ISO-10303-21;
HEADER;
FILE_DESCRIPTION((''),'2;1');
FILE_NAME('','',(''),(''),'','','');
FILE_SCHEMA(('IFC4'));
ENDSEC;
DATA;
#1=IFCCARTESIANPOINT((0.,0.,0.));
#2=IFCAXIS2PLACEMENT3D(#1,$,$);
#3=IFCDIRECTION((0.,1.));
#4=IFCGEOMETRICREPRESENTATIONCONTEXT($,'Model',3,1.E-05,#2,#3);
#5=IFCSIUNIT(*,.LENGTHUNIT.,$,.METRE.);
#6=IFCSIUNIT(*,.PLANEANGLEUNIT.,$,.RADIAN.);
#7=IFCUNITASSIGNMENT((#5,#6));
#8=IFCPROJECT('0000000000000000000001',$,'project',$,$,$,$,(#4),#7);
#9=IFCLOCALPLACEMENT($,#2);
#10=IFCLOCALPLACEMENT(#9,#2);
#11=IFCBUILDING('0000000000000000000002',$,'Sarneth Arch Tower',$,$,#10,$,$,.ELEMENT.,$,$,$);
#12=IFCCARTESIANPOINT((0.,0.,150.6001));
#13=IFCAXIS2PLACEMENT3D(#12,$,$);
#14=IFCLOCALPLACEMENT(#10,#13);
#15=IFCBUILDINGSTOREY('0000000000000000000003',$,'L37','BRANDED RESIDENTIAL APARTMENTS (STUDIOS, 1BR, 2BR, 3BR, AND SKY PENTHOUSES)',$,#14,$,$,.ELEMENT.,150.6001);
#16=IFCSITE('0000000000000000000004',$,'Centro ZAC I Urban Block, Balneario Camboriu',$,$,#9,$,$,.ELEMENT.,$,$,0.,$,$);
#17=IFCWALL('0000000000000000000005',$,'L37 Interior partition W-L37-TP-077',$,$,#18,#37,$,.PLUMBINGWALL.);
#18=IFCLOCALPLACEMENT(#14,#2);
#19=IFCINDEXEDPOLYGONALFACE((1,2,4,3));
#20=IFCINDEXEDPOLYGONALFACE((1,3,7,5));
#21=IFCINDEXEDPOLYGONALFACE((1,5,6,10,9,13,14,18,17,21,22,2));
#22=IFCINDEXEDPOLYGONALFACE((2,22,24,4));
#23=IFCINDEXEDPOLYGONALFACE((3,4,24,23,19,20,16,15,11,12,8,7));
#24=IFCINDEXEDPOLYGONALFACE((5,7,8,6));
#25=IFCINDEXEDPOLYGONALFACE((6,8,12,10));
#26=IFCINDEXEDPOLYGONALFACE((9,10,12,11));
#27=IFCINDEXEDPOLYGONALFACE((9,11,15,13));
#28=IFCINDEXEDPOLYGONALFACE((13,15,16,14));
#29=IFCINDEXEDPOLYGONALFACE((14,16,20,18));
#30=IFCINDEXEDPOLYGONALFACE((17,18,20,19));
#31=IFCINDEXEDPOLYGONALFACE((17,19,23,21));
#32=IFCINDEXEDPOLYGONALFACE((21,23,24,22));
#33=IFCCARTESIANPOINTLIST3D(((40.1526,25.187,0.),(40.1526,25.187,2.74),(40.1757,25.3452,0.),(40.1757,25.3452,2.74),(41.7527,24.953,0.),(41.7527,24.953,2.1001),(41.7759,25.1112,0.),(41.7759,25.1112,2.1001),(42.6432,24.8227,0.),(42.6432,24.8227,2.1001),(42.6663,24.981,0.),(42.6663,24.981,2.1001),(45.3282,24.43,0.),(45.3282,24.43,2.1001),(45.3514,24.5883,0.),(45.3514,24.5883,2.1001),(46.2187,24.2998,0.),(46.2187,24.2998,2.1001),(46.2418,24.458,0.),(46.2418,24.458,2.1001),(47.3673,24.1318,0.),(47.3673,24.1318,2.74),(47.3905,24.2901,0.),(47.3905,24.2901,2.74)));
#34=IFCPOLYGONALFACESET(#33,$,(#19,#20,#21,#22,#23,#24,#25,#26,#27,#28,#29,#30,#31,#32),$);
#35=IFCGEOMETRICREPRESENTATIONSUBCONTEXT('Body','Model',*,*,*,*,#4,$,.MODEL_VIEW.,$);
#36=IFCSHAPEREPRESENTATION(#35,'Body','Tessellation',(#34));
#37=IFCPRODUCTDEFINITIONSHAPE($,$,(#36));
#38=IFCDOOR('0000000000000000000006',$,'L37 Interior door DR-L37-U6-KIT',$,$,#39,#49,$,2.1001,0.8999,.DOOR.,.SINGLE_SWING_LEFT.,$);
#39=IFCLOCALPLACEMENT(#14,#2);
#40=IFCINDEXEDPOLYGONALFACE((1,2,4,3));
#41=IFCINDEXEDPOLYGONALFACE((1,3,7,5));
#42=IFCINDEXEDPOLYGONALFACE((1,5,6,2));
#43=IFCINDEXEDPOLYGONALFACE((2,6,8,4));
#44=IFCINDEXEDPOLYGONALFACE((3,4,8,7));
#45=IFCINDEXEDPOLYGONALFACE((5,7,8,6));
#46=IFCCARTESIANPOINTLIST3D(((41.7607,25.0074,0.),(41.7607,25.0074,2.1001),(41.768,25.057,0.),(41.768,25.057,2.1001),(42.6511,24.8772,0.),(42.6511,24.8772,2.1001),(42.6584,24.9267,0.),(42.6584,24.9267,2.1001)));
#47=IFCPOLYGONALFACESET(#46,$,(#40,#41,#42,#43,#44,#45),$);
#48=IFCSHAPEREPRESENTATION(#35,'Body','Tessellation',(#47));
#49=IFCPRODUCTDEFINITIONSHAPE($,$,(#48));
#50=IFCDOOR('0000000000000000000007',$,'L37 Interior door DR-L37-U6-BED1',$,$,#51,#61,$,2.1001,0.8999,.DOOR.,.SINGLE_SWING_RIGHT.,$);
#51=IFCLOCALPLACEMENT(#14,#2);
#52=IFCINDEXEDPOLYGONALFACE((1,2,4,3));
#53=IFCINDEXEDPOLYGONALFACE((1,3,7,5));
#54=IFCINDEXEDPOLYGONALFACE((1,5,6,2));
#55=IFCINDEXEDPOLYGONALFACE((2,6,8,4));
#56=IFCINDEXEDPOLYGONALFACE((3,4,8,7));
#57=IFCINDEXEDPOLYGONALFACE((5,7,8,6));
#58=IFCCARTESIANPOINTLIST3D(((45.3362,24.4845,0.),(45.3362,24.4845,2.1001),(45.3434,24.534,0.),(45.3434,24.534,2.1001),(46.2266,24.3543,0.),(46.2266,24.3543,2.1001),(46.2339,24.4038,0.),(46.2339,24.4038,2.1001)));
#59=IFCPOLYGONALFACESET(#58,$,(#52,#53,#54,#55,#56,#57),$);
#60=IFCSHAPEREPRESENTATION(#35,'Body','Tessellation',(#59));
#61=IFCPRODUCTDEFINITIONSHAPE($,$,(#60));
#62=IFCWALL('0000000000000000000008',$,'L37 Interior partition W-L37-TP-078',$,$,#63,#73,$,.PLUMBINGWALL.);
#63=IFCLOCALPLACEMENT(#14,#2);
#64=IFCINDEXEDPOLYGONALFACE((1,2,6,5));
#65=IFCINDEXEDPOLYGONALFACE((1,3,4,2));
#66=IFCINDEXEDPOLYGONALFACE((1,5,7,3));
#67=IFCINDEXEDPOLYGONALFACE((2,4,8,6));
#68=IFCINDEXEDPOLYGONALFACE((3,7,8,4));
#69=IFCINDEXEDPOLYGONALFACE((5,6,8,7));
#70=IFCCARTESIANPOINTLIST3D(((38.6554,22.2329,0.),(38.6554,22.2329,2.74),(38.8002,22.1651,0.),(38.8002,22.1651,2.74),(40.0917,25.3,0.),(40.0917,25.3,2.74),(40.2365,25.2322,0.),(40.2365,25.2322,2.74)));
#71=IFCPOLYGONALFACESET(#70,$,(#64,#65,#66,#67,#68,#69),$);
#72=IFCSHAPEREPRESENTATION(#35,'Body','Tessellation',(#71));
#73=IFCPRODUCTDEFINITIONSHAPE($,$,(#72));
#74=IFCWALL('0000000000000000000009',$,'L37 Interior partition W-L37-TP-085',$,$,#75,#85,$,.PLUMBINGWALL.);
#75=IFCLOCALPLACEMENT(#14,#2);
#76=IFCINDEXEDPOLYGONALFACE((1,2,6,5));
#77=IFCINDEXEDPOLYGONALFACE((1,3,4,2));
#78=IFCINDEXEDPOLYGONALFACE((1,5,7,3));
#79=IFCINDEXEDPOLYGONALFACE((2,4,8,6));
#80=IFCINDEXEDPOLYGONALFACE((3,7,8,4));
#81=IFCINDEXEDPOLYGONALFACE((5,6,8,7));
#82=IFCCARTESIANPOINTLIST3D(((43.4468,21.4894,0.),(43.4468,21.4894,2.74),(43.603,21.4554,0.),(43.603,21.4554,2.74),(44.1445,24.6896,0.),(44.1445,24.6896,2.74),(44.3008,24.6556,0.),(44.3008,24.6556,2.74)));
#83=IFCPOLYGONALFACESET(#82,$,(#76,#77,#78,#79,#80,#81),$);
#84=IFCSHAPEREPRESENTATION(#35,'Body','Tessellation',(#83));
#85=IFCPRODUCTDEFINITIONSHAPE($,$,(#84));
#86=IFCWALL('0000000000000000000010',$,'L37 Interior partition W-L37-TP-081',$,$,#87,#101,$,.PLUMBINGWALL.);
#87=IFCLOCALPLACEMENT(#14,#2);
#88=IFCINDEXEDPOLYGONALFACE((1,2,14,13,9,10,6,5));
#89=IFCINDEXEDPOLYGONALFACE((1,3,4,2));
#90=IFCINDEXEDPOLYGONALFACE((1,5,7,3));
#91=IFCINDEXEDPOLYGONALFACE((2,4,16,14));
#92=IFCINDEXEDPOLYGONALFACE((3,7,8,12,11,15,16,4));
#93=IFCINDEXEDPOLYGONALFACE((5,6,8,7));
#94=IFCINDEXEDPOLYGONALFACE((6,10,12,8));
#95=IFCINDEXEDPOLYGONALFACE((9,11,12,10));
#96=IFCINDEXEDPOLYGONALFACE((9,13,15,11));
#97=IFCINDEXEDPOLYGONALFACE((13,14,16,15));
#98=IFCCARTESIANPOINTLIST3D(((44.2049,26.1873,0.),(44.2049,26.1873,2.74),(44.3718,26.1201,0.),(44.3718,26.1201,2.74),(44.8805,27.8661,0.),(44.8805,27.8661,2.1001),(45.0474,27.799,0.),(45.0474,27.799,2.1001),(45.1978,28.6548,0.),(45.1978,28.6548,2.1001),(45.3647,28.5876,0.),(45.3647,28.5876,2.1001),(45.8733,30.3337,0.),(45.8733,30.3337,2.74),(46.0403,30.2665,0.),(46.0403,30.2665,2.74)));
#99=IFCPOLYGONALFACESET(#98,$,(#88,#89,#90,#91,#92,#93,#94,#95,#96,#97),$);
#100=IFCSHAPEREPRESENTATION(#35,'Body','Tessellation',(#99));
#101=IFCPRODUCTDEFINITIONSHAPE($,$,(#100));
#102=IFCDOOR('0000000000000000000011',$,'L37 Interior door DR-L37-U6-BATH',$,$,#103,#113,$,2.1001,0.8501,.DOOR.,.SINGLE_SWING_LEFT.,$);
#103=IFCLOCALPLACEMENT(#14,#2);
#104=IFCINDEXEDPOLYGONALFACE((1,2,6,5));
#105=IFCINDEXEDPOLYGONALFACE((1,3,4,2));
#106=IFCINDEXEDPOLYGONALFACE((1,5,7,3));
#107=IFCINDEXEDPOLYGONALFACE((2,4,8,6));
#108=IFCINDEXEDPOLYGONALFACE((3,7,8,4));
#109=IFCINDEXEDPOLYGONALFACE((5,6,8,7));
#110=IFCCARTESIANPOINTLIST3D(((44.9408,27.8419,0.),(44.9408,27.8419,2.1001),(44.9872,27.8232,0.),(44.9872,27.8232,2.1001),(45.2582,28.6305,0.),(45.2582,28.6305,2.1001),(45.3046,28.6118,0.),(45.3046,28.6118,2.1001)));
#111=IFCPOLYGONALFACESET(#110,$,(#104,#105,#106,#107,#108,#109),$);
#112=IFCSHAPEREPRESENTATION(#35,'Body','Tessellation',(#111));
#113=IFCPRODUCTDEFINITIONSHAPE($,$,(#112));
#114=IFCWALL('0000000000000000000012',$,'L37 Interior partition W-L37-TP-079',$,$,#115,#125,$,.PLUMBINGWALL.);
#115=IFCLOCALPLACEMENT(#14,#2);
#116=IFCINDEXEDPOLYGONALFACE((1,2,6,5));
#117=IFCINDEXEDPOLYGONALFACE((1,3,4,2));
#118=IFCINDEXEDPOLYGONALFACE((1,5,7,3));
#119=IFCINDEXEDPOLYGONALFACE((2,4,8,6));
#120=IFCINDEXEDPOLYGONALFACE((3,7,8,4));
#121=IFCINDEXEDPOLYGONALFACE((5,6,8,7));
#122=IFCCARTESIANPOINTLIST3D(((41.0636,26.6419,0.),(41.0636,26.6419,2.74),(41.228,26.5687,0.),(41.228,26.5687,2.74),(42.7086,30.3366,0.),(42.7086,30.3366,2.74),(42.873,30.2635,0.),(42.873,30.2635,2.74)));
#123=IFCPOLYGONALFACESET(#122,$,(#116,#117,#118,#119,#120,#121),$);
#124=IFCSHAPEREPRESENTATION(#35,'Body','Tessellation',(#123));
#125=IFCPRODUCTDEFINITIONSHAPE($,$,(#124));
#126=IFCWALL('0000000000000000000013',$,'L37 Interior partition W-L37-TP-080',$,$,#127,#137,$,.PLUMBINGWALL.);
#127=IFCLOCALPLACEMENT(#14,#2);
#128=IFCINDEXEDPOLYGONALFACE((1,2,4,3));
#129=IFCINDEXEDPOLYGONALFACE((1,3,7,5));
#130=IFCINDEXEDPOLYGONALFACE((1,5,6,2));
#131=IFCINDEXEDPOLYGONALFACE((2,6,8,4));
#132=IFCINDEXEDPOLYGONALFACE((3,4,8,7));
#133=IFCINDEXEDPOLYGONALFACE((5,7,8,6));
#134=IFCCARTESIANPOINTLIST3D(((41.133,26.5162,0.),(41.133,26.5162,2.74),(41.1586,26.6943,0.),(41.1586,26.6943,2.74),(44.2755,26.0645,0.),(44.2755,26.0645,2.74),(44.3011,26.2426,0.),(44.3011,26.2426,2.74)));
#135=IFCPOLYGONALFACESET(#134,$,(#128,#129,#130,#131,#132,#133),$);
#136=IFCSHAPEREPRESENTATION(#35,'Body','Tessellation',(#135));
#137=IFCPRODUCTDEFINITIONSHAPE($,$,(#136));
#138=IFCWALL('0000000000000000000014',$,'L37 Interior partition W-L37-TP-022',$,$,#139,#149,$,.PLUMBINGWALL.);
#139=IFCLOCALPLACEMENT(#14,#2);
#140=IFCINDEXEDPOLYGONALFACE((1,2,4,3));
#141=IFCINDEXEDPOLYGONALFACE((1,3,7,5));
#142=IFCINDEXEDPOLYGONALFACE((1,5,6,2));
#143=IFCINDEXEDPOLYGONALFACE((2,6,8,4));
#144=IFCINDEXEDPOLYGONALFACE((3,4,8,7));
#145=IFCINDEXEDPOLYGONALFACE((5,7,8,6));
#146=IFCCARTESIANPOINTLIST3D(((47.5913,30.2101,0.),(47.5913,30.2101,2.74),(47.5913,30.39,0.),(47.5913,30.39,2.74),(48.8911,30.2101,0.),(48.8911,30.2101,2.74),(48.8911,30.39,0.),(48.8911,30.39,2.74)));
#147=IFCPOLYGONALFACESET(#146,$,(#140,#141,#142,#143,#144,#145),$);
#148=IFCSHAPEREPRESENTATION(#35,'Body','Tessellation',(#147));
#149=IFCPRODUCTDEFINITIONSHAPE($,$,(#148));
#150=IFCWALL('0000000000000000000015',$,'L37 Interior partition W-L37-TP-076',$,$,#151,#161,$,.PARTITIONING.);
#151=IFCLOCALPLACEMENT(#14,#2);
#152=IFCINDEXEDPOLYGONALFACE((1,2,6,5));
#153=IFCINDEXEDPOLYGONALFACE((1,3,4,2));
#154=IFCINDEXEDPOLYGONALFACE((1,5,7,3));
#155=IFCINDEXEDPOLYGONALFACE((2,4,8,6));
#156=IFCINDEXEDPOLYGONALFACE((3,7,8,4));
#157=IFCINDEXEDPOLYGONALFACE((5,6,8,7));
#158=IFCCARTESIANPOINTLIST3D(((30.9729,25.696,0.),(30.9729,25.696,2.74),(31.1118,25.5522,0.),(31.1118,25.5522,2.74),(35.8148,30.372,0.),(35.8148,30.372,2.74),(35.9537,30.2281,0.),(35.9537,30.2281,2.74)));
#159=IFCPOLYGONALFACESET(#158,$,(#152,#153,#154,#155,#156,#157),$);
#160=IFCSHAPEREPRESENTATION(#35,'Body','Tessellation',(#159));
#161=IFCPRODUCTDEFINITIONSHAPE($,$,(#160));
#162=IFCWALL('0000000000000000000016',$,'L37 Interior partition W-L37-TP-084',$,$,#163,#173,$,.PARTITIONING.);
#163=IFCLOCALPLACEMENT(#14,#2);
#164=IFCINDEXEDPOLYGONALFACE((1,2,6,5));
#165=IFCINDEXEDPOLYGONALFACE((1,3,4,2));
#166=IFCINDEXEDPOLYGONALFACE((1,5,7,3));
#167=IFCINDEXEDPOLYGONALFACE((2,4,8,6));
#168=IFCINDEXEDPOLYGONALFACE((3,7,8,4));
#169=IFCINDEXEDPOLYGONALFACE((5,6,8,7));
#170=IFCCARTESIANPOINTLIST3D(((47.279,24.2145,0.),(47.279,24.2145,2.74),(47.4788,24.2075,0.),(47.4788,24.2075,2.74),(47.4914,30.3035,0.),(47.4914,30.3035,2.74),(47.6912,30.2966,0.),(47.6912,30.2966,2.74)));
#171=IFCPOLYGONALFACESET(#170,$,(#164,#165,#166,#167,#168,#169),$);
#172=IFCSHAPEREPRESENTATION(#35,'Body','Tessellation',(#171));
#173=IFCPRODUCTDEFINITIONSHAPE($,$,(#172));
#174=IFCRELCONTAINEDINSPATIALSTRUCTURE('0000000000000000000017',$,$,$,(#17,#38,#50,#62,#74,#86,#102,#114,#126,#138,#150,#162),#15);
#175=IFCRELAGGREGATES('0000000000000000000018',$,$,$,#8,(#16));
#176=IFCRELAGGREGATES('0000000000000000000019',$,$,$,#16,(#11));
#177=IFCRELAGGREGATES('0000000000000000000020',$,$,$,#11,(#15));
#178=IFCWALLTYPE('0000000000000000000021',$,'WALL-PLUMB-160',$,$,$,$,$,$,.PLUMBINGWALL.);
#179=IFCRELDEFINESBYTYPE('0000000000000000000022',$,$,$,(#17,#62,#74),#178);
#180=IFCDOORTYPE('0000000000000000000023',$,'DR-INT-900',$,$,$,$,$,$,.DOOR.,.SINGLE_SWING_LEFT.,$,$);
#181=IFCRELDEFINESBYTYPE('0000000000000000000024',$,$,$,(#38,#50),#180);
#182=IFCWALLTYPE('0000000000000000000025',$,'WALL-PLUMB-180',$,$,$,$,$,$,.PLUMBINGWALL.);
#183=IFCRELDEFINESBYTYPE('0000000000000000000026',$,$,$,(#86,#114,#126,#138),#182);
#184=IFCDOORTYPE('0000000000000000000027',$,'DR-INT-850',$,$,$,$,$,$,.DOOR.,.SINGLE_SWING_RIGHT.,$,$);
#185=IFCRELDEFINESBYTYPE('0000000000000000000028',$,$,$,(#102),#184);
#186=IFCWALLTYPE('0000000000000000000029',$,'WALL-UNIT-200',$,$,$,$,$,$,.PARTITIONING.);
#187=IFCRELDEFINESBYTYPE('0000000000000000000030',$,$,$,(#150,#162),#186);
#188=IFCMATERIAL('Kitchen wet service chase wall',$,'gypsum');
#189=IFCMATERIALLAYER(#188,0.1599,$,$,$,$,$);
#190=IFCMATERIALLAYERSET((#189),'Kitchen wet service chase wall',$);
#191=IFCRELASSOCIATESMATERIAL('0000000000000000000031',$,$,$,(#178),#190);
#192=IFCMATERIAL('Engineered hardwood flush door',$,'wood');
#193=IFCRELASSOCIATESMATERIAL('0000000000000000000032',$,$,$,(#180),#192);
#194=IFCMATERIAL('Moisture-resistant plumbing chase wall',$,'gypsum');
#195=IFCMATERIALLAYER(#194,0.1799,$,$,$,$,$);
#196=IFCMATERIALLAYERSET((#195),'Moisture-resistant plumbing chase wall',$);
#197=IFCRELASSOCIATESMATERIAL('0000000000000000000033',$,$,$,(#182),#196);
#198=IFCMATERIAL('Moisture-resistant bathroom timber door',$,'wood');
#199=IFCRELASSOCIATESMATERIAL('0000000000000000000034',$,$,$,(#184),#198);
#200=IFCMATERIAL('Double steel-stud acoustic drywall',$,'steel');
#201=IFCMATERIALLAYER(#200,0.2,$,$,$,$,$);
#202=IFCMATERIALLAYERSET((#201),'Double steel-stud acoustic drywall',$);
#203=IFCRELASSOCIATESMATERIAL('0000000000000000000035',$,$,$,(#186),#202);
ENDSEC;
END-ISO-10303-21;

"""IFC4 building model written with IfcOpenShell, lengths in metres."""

from ifc_helpers import new_model, si_unit, direction, frame, frame_2d, origin, place, context, subcontext, project, spatial, rectangle, extrude, material, layer, layer_set, type_object, element, fill, save


model = new_model("IFC4")

# Units and contexts
model_context = context("Model", 3, precision=1e-05, world=origin(), true_north=direction((0.0, 1.0)))
body_context = subcontext(model_context, "Body", "Model", "MODEL_VIEW")
ifc_project = project(units=[si_unit("LENGTHUNIT", "METRE"), si_unit("PLANEANGLEUNIT", "RADIAN")], contexts=[model_context])

# Site, building, storey
site_placement = place(None, origin())
site = spatial("IfcSite", under=ifc_project, at=site_placement, Name="Centro ZAC I Urban Block, Balneario Camboriu", CompositionType="ELEMENT", RefElevation=0.0)
building_placement = place(site_placement, origin())
building = spatial("IfcBuilding", under=site, at=building_placement, Name="Sarneth Arch Tower", CompositionType="ELEMENT")
storey_placement = place(building_placement, frame((0.0, 0.0, 150.6001)))
storey = spatial("IfcBuildingStorey", under=building, at=storey_placement, Name="L37", Description="BRANDED RESIDENTIAL APARTMENTS (STUDIOS, 1BR, 2BR, 3BR, AND SKY PENTHOUSES)", CompositionType="ELEMENT", Elevation=150.6001)

# Wall, openings, doors
ifc_material_1 = material(Name="Kitchen wet service chase wall", Category="gypsum")
ifc_layer_1 = layer(ifc_material_1, 0.1599)
ifc_layer_set_1 = layer_set([ifc_layer_1], Name="Kitchen wet service chase wall")
wall_type_1 = type_object("IfcWallType", Name="WALL-PLUMB-160", PredefinedType="PLUMBINGWALL", material=ifc_layer_set_1)
wall_1_placement = place(storey_placement, frame((47.3789, 24.2109, 0.0), z_axis=(0.0, 0.0, 1.0), x_axis=(-0.989474, 0.144711, 0.0)))
wall_1 = element("IfcWall", 1, at=wall_1_placement, inside=storey, type_object=wall_type_1, Name="L37 Interior partition W-L37-TP-077", PredefinedType="PLUMBINGWALL", context=body_context, shape_type="SweptSolid", body=[
    extrude(rectangle(XDim=7.2915, YDim=0.1599, at=frame_2d((3.6458, 0.0))), origin(), (0.0, 0.0, 1.0), 2.74),
])
opening_1_placement = place(wall_1_placement, frame((4.7744, 0.0, 0.0)))
opening_1 = element("IfcOpeningElement", 2, at=opening_1_placement, cuts=wall_1, PredefinedType="OPENING", context=body_context, shape_type="SweptSolid", body=[
    extrude(rectangle(XDim=0.8999, YDim=2.1001, at=frame_2d((0.45, 1.05))), frame((0.0, 0.0898, 0.0), z_axis=(0.0, -1.0, 0.0), x_axis=(1.0, 0.0, 0.0)), (0.0, 0.0, 1.0), 0.1799),
])
opening_2_placement = place(wall_1_placement, frame((1.1609, 0.0, 0.0)))
opening_2 = element("IfcOpeningElement", 3, at=opening_2_placement, cuts=wall_1, PredefinedType="OPENING", context=body_context, shape_type="SweptSolid", body=[
    extrude(rectangle(XDim=0.8999, YDim=2.1001, at=frame_2d((0.45, 1.05))), frame((0.0, 0.0898, 0.0), z_axis=(0.0, -1.0, 0.0), x_axis=(1.0, 0.0, 0.0)), (0.0, 0.0, 1.0), 0.1799),
])
ifc_material_2 = material(Name="Engineered hardwood flush door", Category="wood")
door_type_1 = type_object("IfcDoorType", Name="DR-INT-900", OperationType="SINGLE_SWING_LEFT", PredefinedType="DOOR", material=ifc_material_2)
door_1_placement = place(opening_1_placement, origin())
door_1 = element("IfcDoor", 4, at=door_1_placement, inside=storey, type_object=door_type_1, Name="L37 Interior door DR-L37-U6-KIT", OperationType="SINGLE_SWING_LEFT", OverallHeight=2.1001, OverallWidth=0.8999, PredefinedType="DOOR", context=body_context, shape_type="SweptSolid", body=[
    extrude(rectangle(XDim=0.8999, YDim=2.1001, at=frame_2d((0.45, 1.05))), frame((0.0, 0.0249, 0.0), z_axis=(0.0, -1.0, 0.0), x_axis=(1.0, 0.0, 0.0)), (0.0, 0.0, 1.0), 0.05),
])
fill(opening_1, door_1)
door_2_placement = place(opening_2_placement, origin())
door_2 = element("IfcDoor", 5, at=door_2_placement, inside=storey, type_object=door_type_1, Name="L37 Interior door DR-L37-U6-BED1", OperationType="SINGLE_SWING_RIGHT", OverallHeight=2.1001, OverallWidth=0.8999, PredefinedType="DOOR", context=body_context, shape_type="SweptSolid", body=[
    extrude(rectangle(XDim=0.8999, YDim=2.1001, at=frame_2d((0.45, 1.05))), frame((0.0, 0.0249, 0.0), z_axis=(0.0, -1.0, 0.0), x_axis=(1.0, 0.0, 0.0)), (0.0, 0.0, 1.0), 0.05),
])
fill(opening_2, door_2)

# Walls
wall_2_placement = place(storey_placement, frame((40.1641, 25.2661, 0.0), z_axis=(0.0, 0.0, 1.0), x_axis=(-0.424085, -0.905622, 0.0)))
element("IfcWall", 6, at=wall_2_placement, inside=storey, type_object=wall_type_1, Name="L37 Interior partition W-L37-TP-078", PredefinedType="PLUMBINGWALL", context=body_context, shape_type="SweptSolid", body=[
    extrude(rectangle(XDim=3.3867, YDim=0.1599, at=frame_2d((1.6934, 0.0))), origin(), (0.0, 0.0, 1.0), 2.74),
])
wall_3_placement = place(storey_placement, frame((44.2227, 24.6726, 0.0), z_axis=(0.0, 0.0, 1.0), x_axis=(-0.21303, -0.977046, 0.0)))
element("IfcWall", 7, at=wall_3_placement, inside=storey, type_object=wall_type_1, Name="L37 Interior partition W-L37-TP-085", PredefinedType="PLUMBINGWALL", context=body_context, shape_type="SweptSolid", body=[
    extrude(rectangle(XDim=3.2754, YDim=0.1599, at=frame_2d((1.6377, 0.0))), origin(), (0.0, 0.0, 1.0), 2.74),
])

# Wall, opening, door
ifc_material_3 = material(Name="Moisture-resistant plumbing chase wall", Category="gypsum")
ifc_layer_2 = layer(ifc_material_3, 0.1799)
ifc_layer_set_2 = layer_set([ifc_layer_2], Name="Moisture-resistant plumbing chase wall")
wall_type_2 = type_object("IfcWallType", Name="WALL-PLUMB-180", PredefinedType="PLUMBINGWALL", material=ifc_layer_set_2)
wall_4_placement = place(storey_placement, frame((44.2883, 26.1536, 0.0), z_axis=(0.0, 0.0, 1.0), x_axis=(0.373292, 0.927714, 0.0)))
wall_4 = element("IfcWall", 8, at=wall_4_placement, inside=storey, type_object=wall_type_2, Name="L37 Interior partition W-L37-TP-081", PredefinedType="PLUMBINGWALL", context=body_context, shape_type="SweptSolid", body=[
    extrude(rectangle(XDim=4.4695, YDim=0.1799, at=frame_2d((2.2349, 0.0))), origin(), (0.0, 0.0, 1.0), 2.74),
])
opening_3_placement = place(wall_4_placement, frame((1.8098, 0.0, 0.0)))
opening_3 = element("IfcOpeningElement", 9, at=opening_3_placement, cuts=wall_4, PredefinedType="OPENING", context=body_context, shape_type="SweptSolid", body=[
    extrude(rectangle(XDim=0.8501, YDim=2.1001, at=frame_2d((0.425, 1.05))), frame((0.0, 0.0999, 0.0), z_axis=(0.0, -1.0, 0.0), x_axis=(1.0, 0.0, 0.0)), (0.0, 0.0, 1.0), 0.2),
])
ifc_material_4 = material(Name="Moisture-resistant bathroom timber door", Category="wood")
door_type_2 = type_object("IfcDoorType", Name="DR-INT-850", OperationType="SINGLE_SWING_RIGHT", PredefinedType="DOOR", material=ifc_material_4)
door_3_placement = place(opening_3_placement, origin())
door_3 = element("IfcDoor", 10, at=door_3_placement, inside=storey, type_object=door_type_2, Name="L37 Interior door DR-L37-U6-BATH", OperationType="SINGLE_SWING_LEFT", OverallHeight=2.1001, OverallWidth=0.8501, PredefinedType="DOOR", context=body_context, shape_type="SweptSolid", body=[
    extrude(rectangle(XDim=0.8501, YDim=2.1001, at=frame_2d((0.425, 1.05))), frame((0.0, 0.0249, 0.0), z_axis=(0.0, -1.0, 0.0), x_axis=(1.0, 0.0, 0.0)), (0.0, 0.0, 1.0), 0.05),
])
fill(opening_3, door_3)

# Walls
wall_5_placement = place(storey_placement, frame((42.7908, 30.3, 0.0), z_axis=(0.0, 0.0, 1.0), x_axis=(-0.406732, -0.913547, 0.0)))
element("IfcWall", 11, at=wall_5_placement, inside=storey, type_object=wall_type_2, Name="L37 Interior partition W-L37-TP-079", PredefinedType="PLUMBINGWALL", context=body_context, shape_type="SweptSolid", body=[
    extrude(rectangle(XDim=4.0444, YDim=0.1799, at=frame_2d((2.0222, 0.0))), origin(), (0.0, 0.0, 1.0), 2.74),
])
wall_6_placement = place(storey_placement, frame((41.1458, 26.6052, 0.0), z_axis=(0.0, 0.0, 1.0), x_axis=(0.989829, -0.142261, 0.0)))
element("IfcWall", 12, at=wall_6_placement, inside=storey, type_object=wall_type_2, Name="L37 Interior partition W-L37-TP-080", PredefinedType="PLUMBINGWALL", context=body_context, shape_type="SweptSolid", body=[
    extrude(rectangle(XDim=3.1748, YDim=0.1799, at=frame_2d((1.5874, 0.0))), origin(), (0.0, 0.0, 1.0), 2.74),
])
wall_7_placement = place(storey_placement, frame((47.5913, 30.3, 0.0), z_axis=(0.0, 0.0, 1.0), x_axis=(1.0, 0.0, 0.0)))
element("IfcWall", 13, at=wall_7_placement, inside=storey, type_object=wall_type_2, Name="L37 Interior partition W-L37-TP-022", PredefinedType="PLUMBINGWALL", context=body_context, shape_type="SweptSolid", body=[
    extrude(rectangle(XDim=1.2998, YDim=0.1799, at=frame_2d((0.6499, 0.0))), origin(), (0.0, 0.0, 1.0), 2.74),
])
ifc_material_5 = material(Name="Double steel-stud acoustic drywall", Category="steel")
ifc_layer_3 = layer(ifc_material_5, 0.2)
ifc_layer_set_3 = layer_set([ifc_layer_3], Name="Double steel-stud acoustic drywall")
wall_type_3 = type_object("IfcWallType", Name="WALL-UNIT-200", PredefinedType="PARTITIONING", material=ifc_layer_set_3)
wall_8_placement = place(storey_placement, frame((31.0422, 25.624, 0.0), z_axis=(0.0, 0.0, 1.0), x_axis=(0.719331, 0.694668, 0.0)))
element("IfcWall", 14, at=wall_8_placement, inside=storey, type_object=wall_type_3, Name="L37 Interior partition W-L37-TP-076", PredefinedType="PARTITIONING", context=body_context, shape_type="SweptSolid", body=[
    extrude(rectangle(XDim=6.7312, YDim=0.2, at=frame_2d((3.3657, 0.0))), origin(), (0.0, 0.0, 1.0), 2.74),
])
wall_9_placement = place(storey_placement, frame((47.5913, 30.3, 0.0), z_axis=(0.0, 0.0, 1.0), x_axis=(-0.034861, -0.999392, 0.0)))
element("IfcWall", 15, at=wall_9_placement, inside=storey, type_object=wall_type_3, Name="L37 Interior partition W-L37-TP-084", PredefinedType="PARTITIONING", context=body_context, shape_type="SweptSolid", body=[
    extrude(rectangle(XDim=6.0928, YDim=0.2, at=frame_2d((3.0464, 0.0))), origin(), (0.0, 0.0, 1.0), 2.74),
])

save(model, "model.ifc")
